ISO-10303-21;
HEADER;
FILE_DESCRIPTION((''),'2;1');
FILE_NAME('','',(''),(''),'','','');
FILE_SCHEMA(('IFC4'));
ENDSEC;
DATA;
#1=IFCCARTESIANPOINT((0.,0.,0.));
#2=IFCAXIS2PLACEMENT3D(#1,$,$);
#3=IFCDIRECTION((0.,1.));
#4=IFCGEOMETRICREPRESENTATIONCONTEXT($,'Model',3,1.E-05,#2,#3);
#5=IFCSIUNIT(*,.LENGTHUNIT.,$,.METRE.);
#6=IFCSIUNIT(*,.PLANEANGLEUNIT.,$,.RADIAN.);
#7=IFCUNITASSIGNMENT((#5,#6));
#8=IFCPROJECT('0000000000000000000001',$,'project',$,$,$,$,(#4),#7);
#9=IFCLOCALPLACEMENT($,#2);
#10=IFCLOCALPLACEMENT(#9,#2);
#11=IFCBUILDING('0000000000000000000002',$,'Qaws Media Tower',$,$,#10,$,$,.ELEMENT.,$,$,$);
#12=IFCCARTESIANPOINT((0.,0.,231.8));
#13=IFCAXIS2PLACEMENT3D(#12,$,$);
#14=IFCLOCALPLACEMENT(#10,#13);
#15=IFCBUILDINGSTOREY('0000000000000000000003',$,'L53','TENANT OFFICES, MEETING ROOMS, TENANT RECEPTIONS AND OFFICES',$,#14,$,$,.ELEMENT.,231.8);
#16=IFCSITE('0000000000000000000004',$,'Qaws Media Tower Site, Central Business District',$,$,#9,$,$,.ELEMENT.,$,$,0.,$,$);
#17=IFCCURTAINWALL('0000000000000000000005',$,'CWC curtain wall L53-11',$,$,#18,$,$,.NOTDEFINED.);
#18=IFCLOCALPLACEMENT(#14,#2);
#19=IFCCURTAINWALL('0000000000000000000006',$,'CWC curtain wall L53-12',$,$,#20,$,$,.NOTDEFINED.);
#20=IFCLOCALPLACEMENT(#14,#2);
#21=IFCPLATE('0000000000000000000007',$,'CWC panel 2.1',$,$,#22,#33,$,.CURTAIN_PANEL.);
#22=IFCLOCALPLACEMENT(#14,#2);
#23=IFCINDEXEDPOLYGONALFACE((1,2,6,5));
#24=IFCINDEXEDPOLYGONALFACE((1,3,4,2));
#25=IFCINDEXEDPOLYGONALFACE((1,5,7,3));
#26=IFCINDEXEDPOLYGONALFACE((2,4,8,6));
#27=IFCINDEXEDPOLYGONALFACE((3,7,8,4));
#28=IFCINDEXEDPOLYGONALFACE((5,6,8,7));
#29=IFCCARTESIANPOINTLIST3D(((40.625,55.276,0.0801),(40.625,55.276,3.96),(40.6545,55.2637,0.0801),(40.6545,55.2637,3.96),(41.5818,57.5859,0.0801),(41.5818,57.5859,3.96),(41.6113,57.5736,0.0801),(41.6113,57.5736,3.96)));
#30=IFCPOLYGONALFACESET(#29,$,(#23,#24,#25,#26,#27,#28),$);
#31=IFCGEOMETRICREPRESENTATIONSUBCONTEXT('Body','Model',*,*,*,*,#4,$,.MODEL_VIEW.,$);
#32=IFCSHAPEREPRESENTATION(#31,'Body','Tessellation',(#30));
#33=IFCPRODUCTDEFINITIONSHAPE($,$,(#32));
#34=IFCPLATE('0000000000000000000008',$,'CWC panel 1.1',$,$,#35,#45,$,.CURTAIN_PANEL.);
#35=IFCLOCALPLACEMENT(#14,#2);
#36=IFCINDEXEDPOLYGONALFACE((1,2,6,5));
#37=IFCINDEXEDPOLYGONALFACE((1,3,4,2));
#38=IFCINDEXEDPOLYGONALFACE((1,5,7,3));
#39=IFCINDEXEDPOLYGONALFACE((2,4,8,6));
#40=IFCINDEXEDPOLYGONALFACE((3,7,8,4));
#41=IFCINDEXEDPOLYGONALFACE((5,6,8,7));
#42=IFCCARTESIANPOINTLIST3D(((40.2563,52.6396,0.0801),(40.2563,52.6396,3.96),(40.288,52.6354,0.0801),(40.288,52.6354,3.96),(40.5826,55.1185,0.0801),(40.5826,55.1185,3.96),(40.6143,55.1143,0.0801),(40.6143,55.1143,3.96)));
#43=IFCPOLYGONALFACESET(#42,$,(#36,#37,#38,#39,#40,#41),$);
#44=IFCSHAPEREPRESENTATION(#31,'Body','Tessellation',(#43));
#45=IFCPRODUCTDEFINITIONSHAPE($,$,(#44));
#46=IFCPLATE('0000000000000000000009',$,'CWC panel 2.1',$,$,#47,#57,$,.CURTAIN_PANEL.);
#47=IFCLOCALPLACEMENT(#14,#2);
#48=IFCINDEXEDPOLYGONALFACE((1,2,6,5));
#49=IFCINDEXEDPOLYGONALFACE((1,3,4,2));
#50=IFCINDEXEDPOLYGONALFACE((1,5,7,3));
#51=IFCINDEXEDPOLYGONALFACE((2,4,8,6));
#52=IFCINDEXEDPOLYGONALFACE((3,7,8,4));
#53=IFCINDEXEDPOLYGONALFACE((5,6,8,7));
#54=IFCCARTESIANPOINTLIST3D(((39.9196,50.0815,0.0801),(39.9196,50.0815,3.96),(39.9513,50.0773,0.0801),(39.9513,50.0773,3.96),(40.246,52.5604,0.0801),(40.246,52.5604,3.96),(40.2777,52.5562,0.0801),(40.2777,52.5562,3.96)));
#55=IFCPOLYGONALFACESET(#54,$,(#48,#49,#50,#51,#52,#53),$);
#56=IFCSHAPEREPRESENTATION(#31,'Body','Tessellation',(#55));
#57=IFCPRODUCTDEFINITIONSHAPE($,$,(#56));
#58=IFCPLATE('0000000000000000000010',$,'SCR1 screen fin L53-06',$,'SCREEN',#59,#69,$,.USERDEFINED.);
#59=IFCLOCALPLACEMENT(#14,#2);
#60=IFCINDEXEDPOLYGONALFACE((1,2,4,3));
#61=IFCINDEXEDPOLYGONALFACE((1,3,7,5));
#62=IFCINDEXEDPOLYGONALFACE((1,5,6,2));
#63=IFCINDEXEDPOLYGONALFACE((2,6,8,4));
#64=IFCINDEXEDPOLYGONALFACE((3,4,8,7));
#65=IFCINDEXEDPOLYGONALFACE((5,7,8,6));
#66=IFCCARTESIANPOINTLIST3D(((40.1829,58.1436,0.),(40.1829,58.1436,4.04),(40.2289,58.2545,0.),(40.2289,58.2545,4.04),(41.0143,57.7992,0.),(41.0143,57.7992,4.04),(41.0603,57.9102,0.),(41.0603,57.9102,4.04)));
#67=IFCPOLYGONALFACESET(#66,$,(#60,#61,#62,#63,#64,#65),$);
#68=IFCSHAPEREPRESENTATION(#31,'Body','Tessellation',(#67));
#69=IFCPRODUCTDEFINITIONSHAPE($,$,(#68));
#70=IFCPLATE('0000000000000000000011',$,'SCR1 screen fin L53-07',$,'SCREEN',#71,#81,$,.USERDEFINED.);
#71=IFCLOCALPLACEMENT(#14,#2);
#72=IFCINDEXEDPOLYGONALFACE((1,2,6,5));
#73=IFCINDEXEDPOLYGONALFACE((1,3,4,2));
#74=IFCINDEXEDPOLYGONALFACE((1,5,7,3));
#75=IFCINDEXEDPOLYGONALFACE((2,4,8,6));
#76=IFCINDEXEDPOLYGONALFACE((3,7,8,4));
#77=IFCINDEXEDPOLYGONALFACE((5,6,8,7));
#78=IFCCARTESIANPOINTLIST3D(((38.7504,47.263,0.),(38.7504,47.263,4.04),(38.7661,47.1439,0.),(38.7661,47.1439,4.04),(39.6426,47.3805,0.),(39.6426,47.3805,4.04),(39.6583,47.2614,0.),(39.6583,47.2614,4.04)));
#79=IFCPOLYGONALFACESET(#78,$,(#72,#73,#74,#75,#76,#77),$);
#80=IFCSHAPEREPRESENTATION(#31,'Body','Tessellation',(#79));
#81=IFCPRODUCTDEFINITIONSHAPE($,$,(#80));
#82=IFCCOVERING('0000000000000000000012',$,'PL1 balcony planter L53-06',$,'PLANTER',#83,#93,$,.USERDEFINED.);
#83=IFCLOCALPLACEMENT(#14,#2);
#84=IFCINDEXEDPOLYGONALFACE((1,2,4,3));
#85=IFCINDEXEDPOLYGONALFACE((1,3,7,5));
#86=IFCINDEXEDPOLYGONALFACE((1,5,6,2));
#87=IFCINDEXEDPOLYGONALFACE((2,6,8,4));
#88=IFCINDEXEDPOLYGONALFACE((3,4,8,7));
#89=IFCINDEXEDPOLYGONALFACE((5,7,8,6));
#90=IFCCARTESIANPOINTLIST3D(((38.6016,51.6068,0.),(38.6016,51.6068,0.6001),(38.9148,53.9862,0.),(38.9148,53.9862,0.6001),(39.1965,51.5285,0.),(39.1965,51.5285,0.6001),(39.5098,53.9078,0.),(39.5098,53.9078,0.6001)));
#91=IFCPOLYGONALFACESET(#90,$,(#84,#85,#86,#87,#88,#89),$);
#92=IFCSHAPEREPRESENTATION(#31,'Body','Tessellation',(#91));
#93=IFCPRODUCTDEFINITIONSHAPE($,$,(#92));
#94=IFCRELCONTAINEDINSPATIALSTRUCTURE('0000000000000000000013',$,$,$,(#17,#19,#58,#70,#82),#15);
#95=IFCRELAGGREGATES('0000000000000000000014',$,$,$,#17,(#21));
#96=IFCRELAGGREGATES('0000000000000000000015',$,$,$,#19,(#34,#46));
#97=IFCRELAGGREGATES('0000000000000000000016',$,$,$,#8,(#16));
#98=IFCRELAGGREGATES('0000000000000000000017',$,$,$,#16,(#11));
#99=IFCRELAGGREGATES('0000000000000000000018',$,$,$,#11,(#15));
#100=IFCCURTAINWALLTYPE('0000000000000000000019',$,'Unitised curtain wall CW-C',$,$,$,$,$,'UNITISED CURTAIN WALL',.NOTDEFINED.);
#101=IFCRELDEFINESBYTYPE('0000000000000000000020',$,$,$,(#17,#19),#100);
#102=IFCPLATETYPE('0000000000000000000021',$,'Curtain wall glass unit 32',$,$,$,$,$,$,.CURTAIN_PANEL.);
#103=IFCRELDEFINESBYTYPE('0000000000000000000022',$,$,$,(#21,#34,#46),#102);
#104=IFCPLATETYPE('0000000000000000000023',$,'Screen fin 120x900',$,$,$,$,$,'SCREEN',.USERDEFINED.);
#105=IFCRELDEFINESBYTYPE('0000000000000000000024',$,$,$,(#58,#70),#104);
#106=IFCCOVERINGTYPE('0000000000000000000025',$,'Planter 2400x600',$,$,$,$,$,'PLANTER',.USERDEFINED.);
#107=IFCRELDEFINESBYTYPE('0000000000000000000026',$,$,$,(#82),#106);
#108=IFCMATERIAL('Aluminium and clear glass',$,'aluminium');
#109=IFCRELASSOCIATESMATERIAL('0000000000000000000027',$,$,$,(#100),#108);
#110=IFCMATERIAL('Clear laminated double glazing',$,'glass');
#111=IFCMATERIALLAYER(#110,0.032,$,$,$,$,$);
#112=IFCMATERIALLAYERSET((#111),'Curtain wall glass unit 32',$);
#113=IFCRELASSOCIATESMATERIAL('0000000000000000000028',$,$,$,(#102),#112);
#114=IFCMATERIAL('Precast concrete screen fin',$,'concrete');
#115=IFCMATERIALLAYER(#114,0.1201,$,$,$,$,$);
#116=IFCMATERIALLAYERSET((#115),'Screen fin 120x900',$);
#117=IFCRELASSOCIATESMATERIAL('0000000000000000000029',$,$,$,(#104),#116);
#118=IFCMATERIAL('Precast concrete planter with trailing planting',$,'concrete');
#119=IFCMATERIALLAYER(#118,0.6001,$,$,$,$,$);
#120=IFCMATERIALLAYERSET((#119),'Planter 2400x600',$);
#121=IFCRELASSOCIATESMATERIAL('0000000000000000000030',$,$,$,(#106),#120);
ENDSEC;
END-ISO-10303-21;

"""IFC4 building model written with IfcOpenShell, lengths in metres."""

from ifc_helpers import new_model, si_unit, direction, frame, origin, origin_2d, place, context, subcontext, project, spatial, rectangle, extrude, material, layer, layer_set, type_object, element, aggregate, save


model = new_model("IFC4")

# Units and contexts
model_context = context("Model", 3, precision=1e-05, world=origin(), true_north=direction((0.0, 1.0)))
body_context = subcontext(model_context, "Body", "Model", "MODEL_VIEW")
ifc_project = project(units=[si_unit("LENGTHUNIT", "METRE"), si_unit("PLANEANGLEUNIT", "RADIAN")], contexts=[model_context])

# Site, building, storey
site_placement = place(None, origin())
site = spatial("IfcSite", under=ifc_project, at=site_placement, Name="Qaws Media Tower Site, Central Business District", CompositionType="ELEMENT", RefElevation=0.0)
building_placement = place(site_placement, origin())
building = spatial("IfcBuilding", under=site, at=building_placement, Name="Qaws Media Tower", CompositionType="ELEMENT")
storey_placement = place(building_placement, frame((0.0, 0.0, 231.8)))
storey = spatial("IfcBuildingStorey", under=building, at=storey_placement, Name="L53", Description="TENANT OFFICES, MEETING ROOMS, TENANT RECEPTIONS AND OFFICES", CompositionType="ELEMENT", Elevation=231.8)

# Curtain walls
ifc_material_1 = material(Name="Aluminium and clear glass", Category="aluminium")
curtain_wall_type = type_object("IfcCurtainWallType", Name="Unitised curtain wall CW-C", ElementType="UNITISED CURTAIN WALL", PredefinedType="NOTDEFINED", material=ifc_material_1)
curtain_wall_1_placement = place(storey_placement, origin())
curtain_wall_1 = element("IfcCurtainWall", 1, at=curtain_wall_1_placement, inside=storey, type_object=curtain_wall_type, Name="CWC curtain wall L53-11", PredefinedType="NOTDEFINED")
curtain_wall_2_placement = place(storey_placement, origin())
curtain_wall_2 = element("IfcCurtainWall", 2, at=curtain_wall_2_placement, inside=storey, type_object=curtain_wall_type, Name="CWC curtain wall L53-12", PredefinedType="NOTDEFINED")

# Plates
ifc_material_2 = material(Name="Clear laminated double glazing", Category="glass")
ifc_layer_1 = layer(ifc_material_2, 0.032)
ifc_layer_set_1 = layer_set([ifc_layer_1], Name="Curtain wall glass unit 32")
plate_type_1 = type_object("IfcPlateType", Name="Curtain wall glass unit 32", PredefinedType="CURTAIN_PANEL", material=ifc_layer_set_1)
plate_1_placement = place(storey_placement, frame((41.1182, 56.4248, 0.0801), z_axis=(0.0, 0.0, 1.0), x_axis=(-0.382683, -0.92388, 0.0)))
plate_1 = element("IfcPlate", 3, at=plate_1_placement, type_object=plate_type_1, Name="CWC panel 2.1", PredefinedType="CURTAIN_PANEL", context=body_context, shape_type="SweptSolid", body=[
    extrude(rectangle(XDim=2.5002, YDim=0.032, at=origin_2d()), origin(), (0.0, 0.0, 1.0), 3.8799),
])
aggregate(curtain_wall_1, [plate_1])
plate_2_placement = place(storey_placement, frame((40.4353, 53.877, 0.0801), z_axis=(0.0, 0.0, 1.0), x_axis=(-0.130526, -0.991445, 0.0)))
plate_2 = element("IfcPlate", 4, at=plate_2_placement, type_object=plate_type_1, Name="CWC panel 1.1", PredefinedType="CURTAIN_PANEL", context=body_context, shape_type="SweptSolid", body=[
    extrude(rectangle(XDim=2.5002, YDim=0.032, at=origin_2d()), origin(), (0.0, 0.0, 1.0), 3.8799),
])
plate_3_placement = place(storey_placement, frame((40.0986, 51.3188, 0.0801), z_axis=(0.0, 0.0, 1.0), x_axis=(-0.130526, -0.991445, 0.0)))
plate_3 = element("IfcPlate", 5, at=plate_3_placement, type_object=plate_type_1, Name="CWC panel 2.1", PredefinedType="CURTAIN_PANEL", context=body_context, shape_type="SweptSolid", body=[
    extrude(rectangle(XDim=2.5002, YDim=0.032, at=origin_2d()), origin(), (0.0, 0.0, 1.0), 3.8799),
])
aggregate(curtain_wall_2, [plate_2, plate_3])

# Plates
ifc_material_3 = material(Name="Precast concrete screen fin", Category="concrete")
ifc_layer_2 = layer(ifc_material_3, 0.1201)
ifc_layer_set_2 = layer_set([ifc_layer_2], Name="Screen fin 120x900")
plate_type_2 = type_object("IfcPlateType", Name="Screen fin 120x900", ElementType="SCREEN", PredefinedType="USERDEFINED", material=ifc_layer_set_2)
for number, where, z_axis, x_axis, name in (
    (6, (40.6216, 58.0269, 0.0), (0.0, 0.0, 1.0), (-0.92388, 0.382683, 0.0), "SCR1 screen fin L53-06"),
    (7, (39.2043, 47.2622, 0.0), (0.0, 0.0, 1.0), (-0.991445, -0.130526, 0.0), "SCR1 screen fin L53-07"),
):
    element("IfcPlate", number, at=place(storey_placement, frame(where, z_axis=z_axis, x_axis=x_axis)), inside=storey, type_object=plate_type_2, Name=name, ObjectType="SCREEN", PredefinedType="USERDEFINED", context=body_context, shape_type="SweptSolid", body=[
        extrude(rectangle(XDim=0.8999, YDim=0.1201, at=origin_2d()), origin(), (0.0, 0.0, 1.0), 4.04),
    ])

# Covering
ifc_material_4 = material(Name="Precast concrete planter with trailing planting", Category="concrete")
ifc_layer_3 = layer(ifc_material_4, 0.6001)
ifc_layer_set_3 = layer_set([ifc_layer_3], Name="Planter 2400x600")
covering_type = type_object("IfcCoveringType", Name="Planter 2400x600", ElementType="PLANTER", PredefinedType="USERDEFINED", material=ifc_layer_set_3)
covering_placement = place(storey_placement, frame((39.0557, 52.7573, 0.0), z_axis=(0.0, 0.0, 1.0), x_axis=(-0.130526, -0.991445, 0.0)))
element("IfcCovering", 8, at=covering_placement, inside=storey, type_object=covering_type, Name="PL1 balcony planter L53-06", ObjectType="PLANTER", PredefinedType="USERDEFINED", context=body_context, shape_type="SweptSolid", body=[
    extrude(rectangle(XDim=2.3999, YDim=0.6001, at=origin_2d()), origin(), (0.0, 0.0, 1.0), 0.6001),
])

save(model, "model.ifc")
